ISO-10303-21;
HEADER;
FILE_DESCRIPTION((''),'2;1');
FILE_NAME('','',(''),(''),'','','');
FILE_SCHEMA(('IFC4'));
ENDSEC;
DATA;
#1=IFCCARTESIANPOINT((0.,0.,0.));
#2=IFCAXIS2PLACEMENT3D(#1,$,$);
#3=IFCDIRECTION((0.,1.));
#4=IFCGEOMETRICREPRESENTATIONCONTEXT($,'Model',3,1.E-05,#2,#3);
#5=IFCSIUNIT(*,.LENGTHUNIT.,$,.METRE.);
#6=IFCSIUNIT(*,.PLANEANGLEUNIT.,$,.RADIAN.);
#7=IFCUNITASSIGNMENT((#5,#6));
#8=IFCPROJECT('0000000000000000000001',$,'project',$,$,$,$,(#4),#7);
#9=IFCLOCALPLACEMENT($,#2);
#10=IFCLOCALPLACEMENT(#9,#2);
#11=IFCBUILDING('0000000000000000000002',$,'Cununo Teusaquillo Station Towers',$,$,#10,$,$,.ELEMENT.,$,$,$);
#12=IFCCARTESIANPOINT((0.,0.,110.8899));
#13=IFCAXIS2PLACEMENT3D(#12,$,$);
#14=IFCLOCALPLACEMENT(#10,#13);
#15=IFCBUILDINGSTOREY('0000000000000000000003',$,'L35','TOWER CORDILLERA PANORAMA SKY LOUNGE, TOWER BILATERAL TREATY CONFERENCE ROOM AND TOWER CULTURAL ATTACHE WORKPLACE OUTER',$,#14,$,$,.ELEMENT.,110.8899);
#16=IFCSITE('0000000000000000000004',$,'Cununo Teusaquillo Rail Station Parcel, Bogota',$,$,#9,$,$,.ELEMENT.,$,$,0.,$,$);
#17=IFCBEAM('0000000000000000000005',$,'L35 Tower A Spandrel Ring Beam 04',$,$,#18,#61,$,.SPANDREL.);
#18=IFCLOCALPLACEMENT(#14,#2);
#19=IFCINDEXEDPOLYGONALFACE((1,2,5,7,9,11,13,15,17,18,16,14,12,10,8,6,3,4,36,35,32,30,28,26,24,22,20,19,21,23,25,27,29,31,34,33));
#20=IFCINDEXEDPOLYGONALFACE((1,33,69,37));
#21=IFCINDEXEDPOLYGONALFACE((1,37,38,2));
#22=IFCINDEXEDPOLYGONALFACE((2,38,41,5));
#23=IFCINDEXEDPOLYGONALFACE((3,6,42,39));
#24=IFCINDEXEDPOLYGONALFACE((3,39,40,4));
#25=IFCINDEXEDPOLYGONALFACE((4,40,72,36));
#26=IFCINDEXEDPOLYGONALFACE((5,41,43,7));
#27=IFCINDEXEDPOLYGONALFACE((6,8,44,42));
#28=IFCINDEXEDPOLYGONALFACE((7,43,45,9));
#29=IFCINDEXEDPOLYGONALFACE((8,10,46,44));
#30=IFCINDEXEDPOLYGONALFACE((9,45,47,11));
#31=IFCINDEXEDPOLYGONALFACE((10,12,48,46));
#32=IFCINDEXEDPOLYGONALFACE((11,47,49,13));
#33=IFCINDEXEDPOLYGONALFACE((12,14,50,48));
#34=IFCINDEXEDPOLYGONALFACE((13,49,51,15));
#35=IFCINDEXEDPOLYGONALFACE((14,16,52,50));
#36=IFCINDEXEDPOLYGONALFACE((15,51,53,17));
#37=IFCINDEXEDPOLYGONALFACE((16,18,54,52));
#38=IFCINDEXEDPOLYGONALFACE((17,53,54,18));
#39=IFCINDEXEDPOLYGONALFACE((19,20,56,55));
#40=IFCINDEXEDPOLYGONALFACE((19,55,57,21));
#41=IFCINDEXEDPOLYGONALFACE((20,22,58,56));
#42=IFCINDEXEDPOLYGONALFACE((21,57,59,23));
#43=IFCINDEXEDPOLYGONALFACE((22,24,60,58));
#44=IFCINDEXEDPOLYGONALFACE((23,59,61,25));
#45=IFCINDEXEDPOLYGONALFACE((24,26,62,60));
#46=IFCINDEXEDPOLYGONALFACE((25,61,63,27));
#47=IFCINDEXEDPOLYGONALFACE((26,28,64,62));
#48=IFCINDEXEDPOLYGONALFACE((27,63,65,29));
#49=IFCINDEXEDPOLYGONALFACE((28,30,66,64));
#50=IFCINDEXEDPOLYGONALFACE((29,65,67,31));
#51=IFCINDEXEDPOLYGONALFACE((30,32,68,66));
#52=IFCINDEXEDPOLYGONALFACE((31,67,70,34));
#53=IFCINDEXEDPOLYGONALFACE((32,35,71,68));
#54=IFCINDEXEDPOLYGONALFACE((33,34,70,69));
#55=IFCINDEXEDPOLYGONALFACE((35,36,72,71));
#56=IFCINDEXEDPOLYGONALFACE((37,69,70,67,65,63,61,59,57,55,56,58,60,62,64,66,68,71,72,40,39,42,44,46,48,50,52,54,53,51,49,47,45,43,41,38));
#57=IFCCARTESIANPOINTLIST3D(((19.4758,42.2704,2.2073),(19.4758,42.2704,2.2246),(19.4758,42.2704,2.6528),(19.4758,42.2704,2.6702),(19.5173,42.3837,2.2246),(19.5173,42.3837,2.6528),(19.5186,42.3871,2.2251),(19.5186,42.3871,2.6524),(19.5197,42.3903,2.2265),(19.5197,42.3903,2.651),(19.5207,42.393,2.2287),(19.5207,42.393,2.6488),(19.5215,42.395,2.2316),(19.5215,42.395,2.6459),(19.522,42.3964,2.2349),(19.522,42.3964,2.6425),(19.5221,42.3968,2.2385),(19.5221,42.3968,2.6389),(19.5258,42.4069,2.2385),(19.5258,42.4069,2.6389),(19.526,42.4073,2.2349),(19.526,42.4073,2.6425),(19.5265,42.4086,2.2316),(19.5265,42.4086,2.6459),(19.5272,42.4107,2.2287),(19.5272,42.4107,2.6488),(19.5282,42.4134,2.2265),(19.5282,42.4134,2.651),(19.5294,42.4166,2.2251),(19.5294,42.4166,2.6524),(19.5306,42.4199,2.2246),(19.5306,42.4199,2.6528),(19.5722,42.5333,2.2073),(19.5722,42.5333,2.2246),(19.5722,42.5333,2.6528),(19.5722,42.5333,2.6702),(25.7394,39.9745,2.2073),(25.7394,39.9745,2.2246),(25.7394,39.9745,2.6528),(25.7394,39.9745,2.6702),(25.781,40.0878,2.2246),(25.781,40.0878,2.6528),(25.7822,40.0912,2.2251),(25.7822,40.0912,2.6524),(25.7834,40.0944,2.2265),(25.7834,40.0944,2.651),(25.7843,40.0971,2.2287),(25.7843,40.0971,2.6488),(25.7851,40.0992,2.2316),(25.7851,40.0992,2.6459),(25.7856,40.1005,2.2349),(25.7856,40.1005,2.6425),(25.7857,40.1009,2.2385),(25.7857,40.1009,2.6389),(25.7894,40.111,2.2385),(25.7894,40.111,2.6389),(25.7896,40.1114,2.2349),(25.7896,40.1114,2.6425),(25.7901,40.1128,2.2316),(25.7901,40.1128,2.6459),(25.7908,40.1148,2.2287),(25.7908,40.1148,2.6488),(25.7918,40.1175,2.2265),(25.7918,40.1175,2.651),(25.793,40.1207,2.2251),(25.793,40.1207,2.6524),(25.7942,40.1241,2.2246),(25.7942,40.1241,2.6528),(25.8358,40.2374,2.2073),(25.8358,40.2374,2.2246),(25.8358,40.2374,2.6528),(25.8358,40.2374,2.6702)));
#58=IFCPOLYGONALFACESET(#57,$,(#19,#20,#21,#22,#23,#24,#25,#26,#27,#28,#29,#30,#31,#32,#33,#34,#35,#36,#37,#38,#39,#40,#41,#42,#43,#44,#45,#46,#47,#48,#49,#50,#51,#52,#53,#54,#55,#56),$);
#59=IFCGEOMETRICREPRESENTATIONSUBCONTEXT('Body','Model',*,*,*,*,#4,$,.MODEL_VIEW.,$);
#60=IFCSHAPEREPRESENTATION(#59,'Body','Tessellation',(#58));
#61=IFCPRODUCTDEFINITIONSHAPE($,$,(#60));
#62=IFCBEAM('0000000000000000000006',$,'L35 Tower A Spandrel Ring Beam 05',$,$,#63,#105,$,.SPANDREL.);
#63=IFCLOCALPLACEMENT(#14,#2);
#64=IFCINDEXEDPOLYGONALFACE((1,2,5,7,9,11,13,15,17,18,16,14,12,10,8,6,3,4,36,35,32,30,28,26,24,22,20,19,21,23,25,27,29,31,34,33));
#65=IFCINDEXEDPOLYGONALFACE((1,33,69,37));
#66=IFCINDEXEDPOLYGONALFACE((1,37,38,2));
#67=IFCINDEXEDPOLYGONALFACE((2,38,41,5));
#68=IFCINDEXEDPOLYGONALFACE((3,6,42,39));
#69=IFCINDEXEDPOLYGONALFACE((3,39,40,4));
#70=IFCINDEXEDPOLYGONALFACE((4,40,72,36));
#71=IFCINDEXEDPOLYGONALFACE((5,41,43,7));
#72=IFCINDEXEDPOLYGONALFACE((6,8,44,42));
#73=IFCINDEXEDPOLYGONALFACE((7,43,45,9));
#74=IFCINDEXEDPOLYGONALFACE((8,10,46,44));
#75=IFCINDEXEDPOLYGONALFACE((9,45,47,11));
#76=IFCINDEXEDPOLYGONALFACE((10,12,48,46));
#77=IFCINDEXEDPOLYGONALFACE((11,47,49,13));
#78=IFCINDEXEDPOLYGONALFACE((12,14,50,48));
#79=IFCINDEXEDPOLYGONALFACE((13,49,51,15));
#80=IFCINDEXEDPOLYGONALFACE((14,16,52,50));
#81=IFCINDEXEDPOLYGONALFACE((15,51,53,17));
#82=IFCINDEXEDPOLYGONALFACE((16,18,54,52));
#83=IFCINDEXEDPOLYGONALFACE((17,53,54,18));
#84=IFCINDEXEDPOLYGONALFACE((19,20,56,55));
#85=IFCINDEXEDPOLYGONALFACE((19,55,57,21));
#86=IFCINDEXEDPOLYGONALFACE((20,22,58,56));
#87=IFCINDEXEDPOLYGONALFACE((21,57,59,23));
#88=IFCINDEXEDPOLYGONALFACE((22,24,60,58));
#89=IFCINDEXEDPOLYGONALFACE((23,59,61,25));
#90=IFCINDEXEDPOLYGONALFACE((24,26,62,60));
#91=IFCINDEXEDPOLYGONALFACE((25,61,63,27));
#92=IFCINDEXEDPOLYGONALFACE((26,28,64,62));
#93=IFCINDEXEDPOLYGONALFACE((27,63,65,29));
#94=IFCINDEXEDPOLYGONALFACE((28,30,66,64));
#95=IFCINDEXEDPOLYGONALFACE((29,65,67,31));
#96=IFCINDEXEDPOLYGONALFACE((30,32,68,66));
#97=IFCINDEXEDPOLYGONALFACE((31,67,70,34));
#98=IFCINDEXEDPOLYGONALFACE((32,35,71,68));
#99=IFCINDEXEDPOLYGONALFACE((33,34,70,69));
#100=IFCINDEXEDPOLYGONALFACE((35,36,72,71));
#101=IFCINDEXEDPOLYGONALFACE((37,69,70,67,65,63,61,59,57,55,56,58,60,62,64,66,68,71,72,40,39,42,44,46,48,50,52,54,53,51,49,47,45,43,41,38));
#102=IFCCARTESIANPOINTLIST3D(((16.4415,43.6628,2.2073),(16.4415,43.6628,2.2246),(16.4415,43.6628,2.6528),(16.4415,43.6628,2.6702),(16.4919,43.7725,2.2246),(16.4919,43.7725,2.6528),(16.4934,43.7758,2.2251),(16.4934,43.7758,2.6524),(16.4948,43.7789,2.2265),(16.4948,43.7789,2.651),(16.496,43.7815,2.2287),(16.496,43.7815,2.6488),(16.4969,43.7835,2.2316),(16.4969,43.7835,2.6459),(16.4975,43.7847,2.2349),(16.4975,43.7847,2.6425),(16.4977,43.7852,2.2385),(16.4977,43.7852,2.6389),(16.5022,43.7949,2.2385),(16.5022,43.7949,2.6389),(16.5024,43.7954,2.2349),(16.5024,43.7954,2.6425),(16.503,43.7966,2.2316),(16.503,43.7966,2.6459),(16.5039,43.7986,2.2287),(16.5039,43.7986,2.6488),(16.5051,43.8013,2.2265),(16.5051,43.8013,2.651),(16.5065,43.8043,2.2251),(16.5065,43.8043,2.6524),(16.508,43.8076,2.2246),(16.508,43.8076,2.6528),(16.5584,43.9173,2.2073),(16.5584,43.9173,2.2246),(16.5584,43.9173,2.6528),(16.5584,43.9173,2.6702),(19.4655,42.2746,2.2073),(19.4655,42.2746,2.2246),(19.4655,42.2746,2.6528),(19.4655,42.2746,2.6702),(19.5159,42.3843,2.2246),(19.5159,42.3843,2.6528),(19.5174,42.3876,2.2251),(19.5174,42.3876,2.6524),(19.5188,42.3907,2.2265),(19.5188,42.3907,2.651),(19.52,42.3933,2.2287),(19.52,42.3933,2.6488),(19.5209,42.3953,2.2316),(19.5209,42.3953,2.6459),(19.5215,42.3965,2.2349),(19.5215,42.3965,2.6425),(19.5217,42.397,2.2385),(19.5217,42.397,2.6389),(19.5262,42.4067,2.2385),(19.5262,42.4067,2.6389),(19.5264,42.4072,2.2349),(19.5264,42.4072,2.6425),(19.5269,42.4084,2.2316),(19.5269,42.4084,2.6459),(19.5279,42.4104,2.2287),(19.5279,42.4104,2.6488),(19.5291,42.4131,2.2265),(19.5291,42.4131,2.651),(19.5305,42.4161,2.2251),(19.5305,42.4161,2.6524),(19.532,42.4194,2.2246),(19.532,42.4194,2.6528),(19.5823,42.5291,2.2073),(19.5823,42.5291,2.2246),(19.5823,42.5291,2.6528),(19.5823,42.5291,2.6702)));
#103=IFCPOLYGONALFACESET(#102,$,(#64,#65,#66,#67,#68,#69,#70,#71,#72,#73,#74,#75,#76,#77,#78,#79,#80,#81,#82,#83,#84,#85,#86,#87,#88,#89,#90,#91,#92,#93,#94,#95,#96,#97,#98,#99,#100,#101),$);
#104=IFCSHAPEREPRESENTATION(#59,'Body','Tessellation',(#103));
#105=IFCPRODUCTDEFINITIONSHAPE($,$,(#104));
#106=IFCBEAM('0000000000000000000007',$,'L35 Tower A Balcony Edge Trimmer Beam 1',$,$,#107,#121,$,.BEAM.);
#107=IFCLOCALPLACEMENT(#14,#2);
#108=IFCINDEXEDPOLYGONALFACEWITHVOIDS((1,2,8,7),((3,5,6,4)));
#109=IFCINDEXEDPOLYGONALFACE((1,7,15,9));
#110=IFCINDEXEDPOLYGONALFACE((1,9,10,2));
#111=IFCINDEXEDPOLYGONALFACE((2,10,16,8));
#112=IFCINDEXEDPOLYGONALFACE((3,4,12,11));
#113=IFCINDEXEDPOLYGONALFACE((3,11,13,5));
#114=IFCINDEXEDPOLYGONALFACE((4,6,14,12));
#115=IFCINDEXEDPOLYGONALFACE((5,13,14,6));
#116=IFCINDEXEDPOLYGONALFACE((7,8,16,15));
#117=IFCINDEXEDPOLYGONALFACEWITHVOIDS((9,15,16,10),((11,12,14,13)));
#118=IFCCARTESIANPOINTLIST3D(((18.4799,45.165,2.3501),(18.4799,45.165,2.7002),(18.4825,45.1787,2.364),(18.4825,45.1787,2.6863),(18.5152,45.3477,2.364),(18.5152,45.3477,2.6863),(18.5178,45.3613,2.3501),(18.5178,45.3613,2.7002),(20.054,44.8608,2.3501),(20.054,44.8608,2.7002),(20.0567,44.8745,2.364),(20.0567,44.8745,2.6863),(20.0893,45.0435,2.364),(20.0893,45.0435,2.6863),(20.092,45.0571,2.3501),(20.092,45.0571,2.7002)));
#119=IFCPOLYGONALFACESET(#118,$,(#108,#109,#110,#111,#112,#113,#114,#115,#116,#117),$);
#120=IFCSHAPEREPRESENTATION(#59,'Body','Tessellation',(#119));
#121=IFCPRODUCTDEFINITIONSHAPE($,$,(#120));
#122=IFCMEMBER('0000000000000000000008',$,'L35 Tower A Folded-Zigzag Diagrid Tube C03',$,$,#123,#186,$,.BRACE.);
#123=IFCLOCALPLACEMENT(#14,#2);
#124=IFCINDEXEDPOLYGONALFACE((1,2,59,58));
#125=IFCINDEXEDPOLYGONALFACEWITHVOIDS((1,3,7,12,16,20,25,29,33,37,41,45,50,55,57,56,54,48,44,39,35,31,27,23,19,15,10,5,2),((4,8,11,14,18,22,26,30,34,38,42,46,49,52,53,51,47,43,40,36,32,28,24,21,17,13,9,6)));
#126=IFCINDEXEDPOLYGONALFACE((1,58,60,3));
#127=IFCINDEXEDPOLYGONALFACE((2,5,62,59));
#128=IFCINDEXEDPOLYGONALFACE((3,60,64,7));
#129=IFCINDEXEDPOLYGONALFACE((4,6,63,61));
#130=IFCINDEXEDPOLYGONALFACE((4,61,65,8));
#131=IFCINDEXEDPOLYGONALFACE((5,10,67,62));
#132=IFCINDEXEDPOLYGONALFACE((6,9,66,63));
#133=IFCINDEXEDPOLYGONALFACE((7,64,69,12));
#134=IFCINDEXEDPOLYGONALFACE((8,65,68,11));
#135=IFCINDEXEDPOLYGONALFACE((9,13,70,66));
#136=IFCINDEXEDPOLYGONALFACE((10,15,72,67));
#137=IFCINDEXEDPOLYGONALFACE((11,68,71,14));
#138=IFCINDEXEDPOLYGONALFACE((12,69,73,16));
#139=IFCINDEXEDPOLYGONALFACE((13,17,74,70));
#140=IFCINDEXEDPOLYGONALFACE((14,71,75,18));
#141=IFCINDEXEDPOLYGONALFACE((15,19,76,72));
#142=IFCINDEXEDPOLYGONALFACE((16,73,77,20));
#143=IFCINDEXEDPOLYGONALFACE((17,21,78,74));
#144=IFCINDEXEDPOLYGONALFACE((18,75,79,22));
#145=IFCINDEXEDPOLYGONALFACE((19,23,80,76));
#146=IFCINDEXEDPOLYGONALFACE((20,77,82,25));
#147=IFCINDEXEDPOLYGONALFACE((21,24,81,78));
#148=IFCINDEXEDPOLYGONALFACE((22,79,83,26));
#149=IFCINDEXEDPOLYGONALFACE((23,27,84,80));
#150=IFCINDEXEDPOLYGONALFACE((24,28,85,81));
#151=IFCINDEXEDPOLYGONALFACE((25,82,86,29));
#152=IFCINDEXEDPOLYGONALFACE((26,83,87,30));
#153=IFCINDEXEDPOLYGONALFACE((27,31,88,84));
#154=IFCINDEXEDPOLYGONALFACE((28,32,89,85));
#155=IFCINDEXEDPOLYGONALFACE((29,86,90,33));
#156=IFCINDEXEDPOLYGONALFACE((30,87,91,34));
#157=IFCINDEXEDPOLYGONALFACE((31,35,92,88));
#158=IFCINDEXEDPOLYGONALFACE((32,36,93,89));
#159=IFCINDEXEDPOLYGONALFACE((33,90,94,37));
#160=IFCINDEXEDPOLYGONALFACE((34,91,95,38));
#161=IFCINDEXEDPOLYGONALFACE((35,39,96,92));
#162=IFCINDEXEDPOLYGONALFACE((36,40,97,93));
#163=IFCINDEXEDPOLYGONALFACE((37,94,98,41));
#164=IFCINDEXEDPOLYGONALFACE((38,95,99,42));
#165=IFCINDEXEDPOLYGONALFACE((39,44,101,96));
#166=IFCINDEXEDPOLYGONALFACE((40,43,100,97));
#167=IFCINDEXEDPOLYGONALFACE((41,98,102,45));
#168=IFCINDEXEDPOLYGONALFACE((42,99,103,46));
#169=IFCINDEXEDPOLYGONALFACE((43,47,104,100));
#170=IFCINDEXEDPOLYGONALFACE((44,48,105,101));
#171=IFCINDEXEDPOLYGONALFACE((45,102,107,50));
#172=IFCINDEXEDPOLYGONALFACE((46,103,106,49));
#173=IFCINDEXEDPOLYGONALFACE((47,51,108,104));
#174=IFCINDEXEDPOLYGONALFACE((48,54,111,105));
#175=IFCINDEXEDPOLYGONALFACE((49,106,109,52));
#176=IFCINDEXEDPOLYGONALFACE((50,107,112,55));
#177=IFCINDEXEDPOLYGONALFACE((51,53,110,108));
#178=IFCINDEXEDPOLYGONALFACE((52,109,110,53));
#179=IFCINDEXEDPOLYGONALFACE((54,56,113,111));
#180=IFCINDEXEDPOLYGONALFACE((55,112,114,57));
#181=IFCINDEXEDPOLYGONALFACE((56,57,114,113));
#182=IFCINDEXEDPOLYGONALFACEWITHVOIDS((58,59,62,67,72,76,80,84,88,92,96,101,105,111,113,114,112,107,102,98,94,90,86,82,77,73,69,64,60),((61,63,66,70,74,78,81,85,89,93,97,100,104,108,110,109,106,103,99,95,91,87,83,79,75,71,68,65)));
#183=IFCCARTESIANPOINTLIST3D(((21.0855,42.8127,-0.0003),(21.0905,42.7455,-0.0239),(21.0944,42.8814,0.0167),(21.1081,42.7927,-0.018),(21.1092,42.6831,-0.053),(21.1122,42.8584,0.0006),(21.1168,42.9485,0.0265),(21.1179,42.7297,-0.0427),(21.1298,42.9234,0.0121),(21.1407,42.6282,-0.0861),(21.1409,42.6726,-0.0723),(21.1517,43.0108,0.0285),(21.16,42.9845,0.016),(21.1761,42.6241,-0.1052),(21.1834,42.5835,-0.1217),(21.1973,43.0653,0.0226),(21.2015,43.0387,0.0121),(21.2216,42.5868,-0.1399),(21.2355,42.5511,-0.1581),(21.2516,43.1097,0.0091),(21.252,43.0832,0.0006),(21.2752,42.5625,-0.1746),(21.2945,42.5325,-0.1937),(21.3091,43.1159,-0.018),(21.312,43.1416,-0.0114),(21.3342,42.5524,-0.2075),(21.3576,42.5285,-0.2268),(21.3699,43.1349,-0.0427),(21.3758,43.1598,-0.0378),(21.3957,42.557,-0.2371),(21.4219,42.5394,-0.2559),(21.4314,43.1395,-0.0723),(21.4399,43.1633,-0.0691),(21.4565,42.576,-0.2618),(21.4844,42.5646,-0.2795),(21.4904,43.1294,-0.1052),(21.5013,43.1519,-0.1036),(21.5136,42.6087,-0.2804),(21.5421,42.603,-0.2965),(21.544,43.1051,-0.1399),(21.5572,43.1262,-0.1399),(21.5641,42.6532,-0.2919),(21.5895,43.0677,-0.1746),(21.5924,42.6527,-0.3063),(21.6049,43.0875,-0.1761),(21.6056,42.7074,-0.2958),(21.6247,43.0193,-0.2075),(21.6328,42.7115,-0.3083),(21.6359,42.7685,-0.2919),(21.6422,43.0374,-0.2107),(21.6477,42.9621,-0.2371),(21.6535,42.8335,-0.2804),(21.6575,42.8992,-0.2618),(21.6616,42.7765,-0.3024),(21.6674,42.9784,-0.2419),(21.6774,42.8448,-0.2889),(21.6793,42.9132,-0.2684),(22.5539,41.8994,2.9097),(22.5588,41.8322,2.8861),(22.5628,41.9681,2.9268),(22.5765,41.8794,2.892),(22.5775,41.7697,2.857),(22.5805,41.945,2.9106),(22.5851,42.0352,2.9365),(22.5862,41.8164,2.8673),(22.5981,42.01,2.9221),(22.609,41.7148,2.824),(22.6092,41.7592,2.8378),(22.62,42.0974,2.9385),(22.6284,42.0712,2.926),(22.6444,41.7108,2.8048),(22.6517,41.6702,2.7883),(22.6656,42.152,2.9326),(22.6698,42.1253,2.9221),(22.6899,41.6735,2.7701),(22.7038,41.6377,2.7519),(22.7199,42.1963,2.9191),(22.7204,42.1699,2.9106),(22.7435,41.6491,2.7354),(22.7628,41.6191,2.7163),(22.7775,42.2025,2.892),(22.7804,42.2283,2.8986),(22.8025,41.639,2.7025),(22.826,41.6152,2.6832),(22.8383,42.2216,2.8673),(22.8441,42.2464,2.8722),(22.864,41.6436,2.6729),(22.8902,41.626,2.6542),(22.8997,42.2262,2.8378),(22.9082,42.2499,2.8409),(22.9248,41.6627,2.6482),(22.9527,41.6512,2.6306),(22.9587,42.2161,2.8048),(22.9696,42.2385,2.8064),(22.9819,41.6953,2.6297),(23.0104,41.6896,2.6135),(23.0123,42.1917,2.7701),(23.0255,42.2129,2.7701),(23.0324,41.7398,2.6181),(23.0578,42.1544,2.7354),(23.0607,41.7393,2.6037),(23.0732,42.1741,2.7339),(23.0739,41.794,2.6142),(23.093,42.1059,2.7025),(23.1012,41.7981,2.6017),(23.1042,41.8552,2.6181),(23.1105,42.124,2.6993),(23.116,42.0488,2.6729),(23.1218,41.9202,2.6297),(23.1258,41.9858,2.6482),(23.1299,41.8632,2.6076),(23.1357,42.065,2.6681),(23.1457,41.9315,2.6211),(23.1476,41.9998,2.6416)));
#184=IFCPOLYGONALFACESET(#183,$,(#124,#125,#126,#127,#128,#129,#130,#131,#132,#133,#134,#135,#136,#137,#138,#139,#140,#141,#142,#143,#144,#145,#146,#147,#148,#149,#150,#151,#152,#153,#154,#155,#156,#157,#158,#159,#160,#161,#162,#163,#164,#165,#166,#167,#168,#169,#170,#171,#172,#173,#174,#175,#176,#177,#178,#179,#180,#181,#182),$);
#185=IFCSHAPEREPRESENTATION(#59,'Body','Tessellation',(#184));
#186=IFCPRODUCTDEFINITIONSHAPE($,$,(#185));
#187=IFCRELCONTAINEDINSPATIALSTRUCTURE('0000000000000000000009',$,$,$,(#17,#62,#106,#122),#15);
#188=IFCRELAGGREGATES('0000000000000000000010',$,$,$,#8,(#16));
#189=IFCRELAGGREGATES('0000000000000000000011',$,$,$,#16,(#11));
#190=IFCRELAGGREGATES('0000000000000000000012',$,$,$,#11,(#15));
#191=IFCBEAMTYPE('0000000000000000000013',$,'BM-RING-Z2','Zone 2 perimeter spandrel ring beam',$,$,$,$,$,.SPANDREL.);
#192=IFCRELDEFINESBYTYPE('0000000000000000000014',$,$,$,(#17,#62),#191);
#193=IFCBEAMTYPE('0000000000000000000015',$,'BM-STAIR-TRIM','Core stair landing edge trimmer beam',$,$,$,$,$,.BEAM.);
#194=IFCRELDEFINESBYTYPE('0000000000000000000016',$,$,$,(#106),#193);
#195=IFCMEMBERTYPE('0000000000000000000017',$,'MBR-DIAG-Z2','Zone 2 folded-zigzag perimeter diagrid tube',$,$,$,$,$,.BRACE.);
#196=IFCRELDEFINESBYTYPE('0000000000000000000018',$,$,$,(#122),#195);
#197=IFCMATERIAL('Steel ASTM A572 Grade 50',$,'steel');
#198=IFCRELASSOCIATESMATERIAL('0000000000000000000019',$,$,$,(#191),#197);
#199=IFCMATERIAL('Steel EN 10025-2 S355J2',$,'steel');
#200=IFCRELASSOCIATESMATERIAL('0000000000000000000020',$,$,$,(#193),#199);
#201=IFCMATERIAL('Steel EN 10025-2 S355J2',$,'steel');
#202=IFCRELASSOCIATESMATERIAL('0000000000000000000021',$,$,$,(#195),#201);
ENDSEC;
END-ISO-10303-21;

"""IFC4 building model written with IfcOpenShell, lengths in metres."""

from ifc_helpers import new_model, si_unit, direction, frame, origin, origin_2d, place, context, subcontext, project, spatial, hollow_rectangle, hollow_circle, i_section, extrude, material, material_profile, profile_set, type_object, element, save


model = new_model("IFC4")

# Units and contexts
model_context = context("Model", 3, precision=1e-05, world=origin(), true_north=direction((0.0, 1.0)))
body_context = subcontext(model_context, "Body", "Model", "MODEL_VIEW")
ifc_project = project(units=[si_unit("LENGTHUNIT", "METRE"), si_unit("PLANEANGLEUNIT", "RADIAN")], contexts=[model_context])

# Site, building, storey
site_placement = place(None, origin())
site = spatial("IfcSite", under=ifc_project, at=site_placement, Name="Cununo Teusaquillo Rail Station Parcel, Bogota", CompositionType="ELEMENT", RefElevation=0.0)
building_placement = place(site_placement, origin())
building = spatial("IfcBuilding", under=site, at=building_placement, Name="Cununo Teusaquillo Station Towers", CompositionType="ELEMENT")
storey_placement = place(building_placement, frame((0.0, 0.0, 110.8899)))
storey = spatial("IfcBuildingStorey", under=building, at=storey_placement, Name="L35", Description="TOWER CORDILLERA PANORAMA SKY LOUNGE, TOWER BILATERAL TREATY CONFERENCE ROOM AND TOWER CULTURAL ATTACHE WORKPLACE OUTER", CompositionType="ELEMENT", Elevation=110.8899)

# Beams
ifc_material_1 = material(Name="Steel ASTM A572 Grade 50", Category="steel")
ifc_material_profile_1 = material_profile(ifc_material_1, i_section(OverallWidth=0.28, OverallDepth=0.4629, WebThickness=0.0107, FlangeThickness=0.0173, FilletRadius=0.0139, at=origin_2d()), Name="W18X76")
ifc_profile_set_1 = profile_set([ifc_material_profile_1], Name="Steel ASTM A572 Grade 50")
beam_type_1 = type_object("IfcBeamType", Name="BM-RING-Z2", Description="Zone 2 perimeter spandrel ring beam", PredefinedType="SPANDREL", material=ifc_profile_set_1)
beam_1_placement = place(storey_placement, frame((25.7876, 40.106, 2.4387), z_axis=(-0.938914, 0.344151, 0.0), x_axis=(-0.344151, -0.938914, 0.0)))
element("IfcBeam", 1, at=beam_1_placement, inside=storey, type_object=beam_type_1, Name="L35 Tower A Spandrel Ring Beam 04", PredefinedType="SPANDREL", context=body_context, shape_type="SweptSolid", body=[
    extrude(i_section(OverallWidth=0.28, OverallDepth=0.4629, WebThickness=0.0107, FlangeThickness=0.0173, FilletRadius=0.0139, at=origin_2d()), origin(), (0.0, 0.0, 1.0), 6.6711),
])
beam_2_placement = place(storey_placement, frame((19.5239, 42.4019, 2.4387), z_axis=(-0.908812, 0.417205, 0.0), x_axis=(-0.417205, -0.908812, 0.0)))
element("IfcBeam", 2, at=beam_2_placement, inside=storey, type_object=beam_type_1, Name="L35 Tower A Spandrel Ring Beam 05", PredefinedType="SPANDREL", context=body_context, shape_type="SweptSolid", body=[
    extrude(i_section(OverallWidth=0.28, OverallDepth=0.4629, WebThickness=0.0107, FlangeThickness=0.0173, FilletRadius=0.0139, at=origin_2d()), origin(), (0.0, 0.0, 1.0), 3.3274),
])
ifc_material_2 = material(Name="Steel EN 10025-2 S355J2", Category="steel")
ifc_material_profile_2 = material_profile(ifc_material_2, hollow_rectangle(XDim=0.2, YDim=0.3501, WallThickness=0.0139, at=origin_2d()), Name="RHS 350x200x14")
ifc_profile_set_2 = profile_set([ifc_material_profile_2], Name="Steel EN 10025-2 S355J2")
beam_type_2 = type_object("IfcBeamType", Name="BM-STAIR-TRIM", Description="Core stair landing edge trimmer beam", PredefinedType="BEAM", material=ifc_profile_set_2)
beam_3_placement = place(storey_placement, frame((20.073, 44.959, 2.5251), z_axis=(-0.981837, 0.189728, 0.0), x_axis=(-0.189728, -0.981837, 0.0)))
element("IfcBeam", 3, at=beam_3_placement, inside=storey, type_object=beam_type_2, Name="L35 Tower A Balcony Edge Trimmer Beam 1", PredefinedType="BEAM", context=body_context, shape_type="SweptSolid", body=[
    extrude(hollow_rectangle(XDim=0.2, YDim=0.3501, WallThickness=0.0139, at=origin_2d()), origin(), (0.0, 0.0, 1.0), 1.6033),
])

# Member
ifc_material_3 = material(Name="Steel EN 10025-2 S355J2", Category="steel")
ifc_material_profile_3 = material_profile(ifc_material_3, hollow_circle(Radius=0.3301, WallThickness=0.0249, at=origin_2d()), Name="CHS 660x25")
ifc_profile_set_3 = profile_set([ifc_material_profile_3], Name="Steel EN 10025-2 S355J2")
member_type = type_object("IfcMemberType", Name="MBR-DIAG-Z2", Description="Zone 2 folded-zigzag perimeter diagrid tube", PredefinedType="BRACE", material=ifc_profile_set_3)
member_placement = place(storey_placement, frame((21.3828, 42.8459, -0.1399), z_axis=(0.433768, -0.269825, 0.859674), x_axis=(0.528196, 0.849123, 0.0)))
element("IfcMember", 4, at=member_placement, inside=storey, type_object=member_type, Name="L35 Tower A Folded-Zigzag Diagrid Tube C03", PredefinedType="BRACE", context=body_context, shape_type="SweptSolid", body=[
    extrude(hollow_circle(Radius=0.3301, WallThickness=0.0249, at=origin_2d()), origin(), (0.0, 0.0, 1.0), 3.385),
])

save(model, "model.ifc")
